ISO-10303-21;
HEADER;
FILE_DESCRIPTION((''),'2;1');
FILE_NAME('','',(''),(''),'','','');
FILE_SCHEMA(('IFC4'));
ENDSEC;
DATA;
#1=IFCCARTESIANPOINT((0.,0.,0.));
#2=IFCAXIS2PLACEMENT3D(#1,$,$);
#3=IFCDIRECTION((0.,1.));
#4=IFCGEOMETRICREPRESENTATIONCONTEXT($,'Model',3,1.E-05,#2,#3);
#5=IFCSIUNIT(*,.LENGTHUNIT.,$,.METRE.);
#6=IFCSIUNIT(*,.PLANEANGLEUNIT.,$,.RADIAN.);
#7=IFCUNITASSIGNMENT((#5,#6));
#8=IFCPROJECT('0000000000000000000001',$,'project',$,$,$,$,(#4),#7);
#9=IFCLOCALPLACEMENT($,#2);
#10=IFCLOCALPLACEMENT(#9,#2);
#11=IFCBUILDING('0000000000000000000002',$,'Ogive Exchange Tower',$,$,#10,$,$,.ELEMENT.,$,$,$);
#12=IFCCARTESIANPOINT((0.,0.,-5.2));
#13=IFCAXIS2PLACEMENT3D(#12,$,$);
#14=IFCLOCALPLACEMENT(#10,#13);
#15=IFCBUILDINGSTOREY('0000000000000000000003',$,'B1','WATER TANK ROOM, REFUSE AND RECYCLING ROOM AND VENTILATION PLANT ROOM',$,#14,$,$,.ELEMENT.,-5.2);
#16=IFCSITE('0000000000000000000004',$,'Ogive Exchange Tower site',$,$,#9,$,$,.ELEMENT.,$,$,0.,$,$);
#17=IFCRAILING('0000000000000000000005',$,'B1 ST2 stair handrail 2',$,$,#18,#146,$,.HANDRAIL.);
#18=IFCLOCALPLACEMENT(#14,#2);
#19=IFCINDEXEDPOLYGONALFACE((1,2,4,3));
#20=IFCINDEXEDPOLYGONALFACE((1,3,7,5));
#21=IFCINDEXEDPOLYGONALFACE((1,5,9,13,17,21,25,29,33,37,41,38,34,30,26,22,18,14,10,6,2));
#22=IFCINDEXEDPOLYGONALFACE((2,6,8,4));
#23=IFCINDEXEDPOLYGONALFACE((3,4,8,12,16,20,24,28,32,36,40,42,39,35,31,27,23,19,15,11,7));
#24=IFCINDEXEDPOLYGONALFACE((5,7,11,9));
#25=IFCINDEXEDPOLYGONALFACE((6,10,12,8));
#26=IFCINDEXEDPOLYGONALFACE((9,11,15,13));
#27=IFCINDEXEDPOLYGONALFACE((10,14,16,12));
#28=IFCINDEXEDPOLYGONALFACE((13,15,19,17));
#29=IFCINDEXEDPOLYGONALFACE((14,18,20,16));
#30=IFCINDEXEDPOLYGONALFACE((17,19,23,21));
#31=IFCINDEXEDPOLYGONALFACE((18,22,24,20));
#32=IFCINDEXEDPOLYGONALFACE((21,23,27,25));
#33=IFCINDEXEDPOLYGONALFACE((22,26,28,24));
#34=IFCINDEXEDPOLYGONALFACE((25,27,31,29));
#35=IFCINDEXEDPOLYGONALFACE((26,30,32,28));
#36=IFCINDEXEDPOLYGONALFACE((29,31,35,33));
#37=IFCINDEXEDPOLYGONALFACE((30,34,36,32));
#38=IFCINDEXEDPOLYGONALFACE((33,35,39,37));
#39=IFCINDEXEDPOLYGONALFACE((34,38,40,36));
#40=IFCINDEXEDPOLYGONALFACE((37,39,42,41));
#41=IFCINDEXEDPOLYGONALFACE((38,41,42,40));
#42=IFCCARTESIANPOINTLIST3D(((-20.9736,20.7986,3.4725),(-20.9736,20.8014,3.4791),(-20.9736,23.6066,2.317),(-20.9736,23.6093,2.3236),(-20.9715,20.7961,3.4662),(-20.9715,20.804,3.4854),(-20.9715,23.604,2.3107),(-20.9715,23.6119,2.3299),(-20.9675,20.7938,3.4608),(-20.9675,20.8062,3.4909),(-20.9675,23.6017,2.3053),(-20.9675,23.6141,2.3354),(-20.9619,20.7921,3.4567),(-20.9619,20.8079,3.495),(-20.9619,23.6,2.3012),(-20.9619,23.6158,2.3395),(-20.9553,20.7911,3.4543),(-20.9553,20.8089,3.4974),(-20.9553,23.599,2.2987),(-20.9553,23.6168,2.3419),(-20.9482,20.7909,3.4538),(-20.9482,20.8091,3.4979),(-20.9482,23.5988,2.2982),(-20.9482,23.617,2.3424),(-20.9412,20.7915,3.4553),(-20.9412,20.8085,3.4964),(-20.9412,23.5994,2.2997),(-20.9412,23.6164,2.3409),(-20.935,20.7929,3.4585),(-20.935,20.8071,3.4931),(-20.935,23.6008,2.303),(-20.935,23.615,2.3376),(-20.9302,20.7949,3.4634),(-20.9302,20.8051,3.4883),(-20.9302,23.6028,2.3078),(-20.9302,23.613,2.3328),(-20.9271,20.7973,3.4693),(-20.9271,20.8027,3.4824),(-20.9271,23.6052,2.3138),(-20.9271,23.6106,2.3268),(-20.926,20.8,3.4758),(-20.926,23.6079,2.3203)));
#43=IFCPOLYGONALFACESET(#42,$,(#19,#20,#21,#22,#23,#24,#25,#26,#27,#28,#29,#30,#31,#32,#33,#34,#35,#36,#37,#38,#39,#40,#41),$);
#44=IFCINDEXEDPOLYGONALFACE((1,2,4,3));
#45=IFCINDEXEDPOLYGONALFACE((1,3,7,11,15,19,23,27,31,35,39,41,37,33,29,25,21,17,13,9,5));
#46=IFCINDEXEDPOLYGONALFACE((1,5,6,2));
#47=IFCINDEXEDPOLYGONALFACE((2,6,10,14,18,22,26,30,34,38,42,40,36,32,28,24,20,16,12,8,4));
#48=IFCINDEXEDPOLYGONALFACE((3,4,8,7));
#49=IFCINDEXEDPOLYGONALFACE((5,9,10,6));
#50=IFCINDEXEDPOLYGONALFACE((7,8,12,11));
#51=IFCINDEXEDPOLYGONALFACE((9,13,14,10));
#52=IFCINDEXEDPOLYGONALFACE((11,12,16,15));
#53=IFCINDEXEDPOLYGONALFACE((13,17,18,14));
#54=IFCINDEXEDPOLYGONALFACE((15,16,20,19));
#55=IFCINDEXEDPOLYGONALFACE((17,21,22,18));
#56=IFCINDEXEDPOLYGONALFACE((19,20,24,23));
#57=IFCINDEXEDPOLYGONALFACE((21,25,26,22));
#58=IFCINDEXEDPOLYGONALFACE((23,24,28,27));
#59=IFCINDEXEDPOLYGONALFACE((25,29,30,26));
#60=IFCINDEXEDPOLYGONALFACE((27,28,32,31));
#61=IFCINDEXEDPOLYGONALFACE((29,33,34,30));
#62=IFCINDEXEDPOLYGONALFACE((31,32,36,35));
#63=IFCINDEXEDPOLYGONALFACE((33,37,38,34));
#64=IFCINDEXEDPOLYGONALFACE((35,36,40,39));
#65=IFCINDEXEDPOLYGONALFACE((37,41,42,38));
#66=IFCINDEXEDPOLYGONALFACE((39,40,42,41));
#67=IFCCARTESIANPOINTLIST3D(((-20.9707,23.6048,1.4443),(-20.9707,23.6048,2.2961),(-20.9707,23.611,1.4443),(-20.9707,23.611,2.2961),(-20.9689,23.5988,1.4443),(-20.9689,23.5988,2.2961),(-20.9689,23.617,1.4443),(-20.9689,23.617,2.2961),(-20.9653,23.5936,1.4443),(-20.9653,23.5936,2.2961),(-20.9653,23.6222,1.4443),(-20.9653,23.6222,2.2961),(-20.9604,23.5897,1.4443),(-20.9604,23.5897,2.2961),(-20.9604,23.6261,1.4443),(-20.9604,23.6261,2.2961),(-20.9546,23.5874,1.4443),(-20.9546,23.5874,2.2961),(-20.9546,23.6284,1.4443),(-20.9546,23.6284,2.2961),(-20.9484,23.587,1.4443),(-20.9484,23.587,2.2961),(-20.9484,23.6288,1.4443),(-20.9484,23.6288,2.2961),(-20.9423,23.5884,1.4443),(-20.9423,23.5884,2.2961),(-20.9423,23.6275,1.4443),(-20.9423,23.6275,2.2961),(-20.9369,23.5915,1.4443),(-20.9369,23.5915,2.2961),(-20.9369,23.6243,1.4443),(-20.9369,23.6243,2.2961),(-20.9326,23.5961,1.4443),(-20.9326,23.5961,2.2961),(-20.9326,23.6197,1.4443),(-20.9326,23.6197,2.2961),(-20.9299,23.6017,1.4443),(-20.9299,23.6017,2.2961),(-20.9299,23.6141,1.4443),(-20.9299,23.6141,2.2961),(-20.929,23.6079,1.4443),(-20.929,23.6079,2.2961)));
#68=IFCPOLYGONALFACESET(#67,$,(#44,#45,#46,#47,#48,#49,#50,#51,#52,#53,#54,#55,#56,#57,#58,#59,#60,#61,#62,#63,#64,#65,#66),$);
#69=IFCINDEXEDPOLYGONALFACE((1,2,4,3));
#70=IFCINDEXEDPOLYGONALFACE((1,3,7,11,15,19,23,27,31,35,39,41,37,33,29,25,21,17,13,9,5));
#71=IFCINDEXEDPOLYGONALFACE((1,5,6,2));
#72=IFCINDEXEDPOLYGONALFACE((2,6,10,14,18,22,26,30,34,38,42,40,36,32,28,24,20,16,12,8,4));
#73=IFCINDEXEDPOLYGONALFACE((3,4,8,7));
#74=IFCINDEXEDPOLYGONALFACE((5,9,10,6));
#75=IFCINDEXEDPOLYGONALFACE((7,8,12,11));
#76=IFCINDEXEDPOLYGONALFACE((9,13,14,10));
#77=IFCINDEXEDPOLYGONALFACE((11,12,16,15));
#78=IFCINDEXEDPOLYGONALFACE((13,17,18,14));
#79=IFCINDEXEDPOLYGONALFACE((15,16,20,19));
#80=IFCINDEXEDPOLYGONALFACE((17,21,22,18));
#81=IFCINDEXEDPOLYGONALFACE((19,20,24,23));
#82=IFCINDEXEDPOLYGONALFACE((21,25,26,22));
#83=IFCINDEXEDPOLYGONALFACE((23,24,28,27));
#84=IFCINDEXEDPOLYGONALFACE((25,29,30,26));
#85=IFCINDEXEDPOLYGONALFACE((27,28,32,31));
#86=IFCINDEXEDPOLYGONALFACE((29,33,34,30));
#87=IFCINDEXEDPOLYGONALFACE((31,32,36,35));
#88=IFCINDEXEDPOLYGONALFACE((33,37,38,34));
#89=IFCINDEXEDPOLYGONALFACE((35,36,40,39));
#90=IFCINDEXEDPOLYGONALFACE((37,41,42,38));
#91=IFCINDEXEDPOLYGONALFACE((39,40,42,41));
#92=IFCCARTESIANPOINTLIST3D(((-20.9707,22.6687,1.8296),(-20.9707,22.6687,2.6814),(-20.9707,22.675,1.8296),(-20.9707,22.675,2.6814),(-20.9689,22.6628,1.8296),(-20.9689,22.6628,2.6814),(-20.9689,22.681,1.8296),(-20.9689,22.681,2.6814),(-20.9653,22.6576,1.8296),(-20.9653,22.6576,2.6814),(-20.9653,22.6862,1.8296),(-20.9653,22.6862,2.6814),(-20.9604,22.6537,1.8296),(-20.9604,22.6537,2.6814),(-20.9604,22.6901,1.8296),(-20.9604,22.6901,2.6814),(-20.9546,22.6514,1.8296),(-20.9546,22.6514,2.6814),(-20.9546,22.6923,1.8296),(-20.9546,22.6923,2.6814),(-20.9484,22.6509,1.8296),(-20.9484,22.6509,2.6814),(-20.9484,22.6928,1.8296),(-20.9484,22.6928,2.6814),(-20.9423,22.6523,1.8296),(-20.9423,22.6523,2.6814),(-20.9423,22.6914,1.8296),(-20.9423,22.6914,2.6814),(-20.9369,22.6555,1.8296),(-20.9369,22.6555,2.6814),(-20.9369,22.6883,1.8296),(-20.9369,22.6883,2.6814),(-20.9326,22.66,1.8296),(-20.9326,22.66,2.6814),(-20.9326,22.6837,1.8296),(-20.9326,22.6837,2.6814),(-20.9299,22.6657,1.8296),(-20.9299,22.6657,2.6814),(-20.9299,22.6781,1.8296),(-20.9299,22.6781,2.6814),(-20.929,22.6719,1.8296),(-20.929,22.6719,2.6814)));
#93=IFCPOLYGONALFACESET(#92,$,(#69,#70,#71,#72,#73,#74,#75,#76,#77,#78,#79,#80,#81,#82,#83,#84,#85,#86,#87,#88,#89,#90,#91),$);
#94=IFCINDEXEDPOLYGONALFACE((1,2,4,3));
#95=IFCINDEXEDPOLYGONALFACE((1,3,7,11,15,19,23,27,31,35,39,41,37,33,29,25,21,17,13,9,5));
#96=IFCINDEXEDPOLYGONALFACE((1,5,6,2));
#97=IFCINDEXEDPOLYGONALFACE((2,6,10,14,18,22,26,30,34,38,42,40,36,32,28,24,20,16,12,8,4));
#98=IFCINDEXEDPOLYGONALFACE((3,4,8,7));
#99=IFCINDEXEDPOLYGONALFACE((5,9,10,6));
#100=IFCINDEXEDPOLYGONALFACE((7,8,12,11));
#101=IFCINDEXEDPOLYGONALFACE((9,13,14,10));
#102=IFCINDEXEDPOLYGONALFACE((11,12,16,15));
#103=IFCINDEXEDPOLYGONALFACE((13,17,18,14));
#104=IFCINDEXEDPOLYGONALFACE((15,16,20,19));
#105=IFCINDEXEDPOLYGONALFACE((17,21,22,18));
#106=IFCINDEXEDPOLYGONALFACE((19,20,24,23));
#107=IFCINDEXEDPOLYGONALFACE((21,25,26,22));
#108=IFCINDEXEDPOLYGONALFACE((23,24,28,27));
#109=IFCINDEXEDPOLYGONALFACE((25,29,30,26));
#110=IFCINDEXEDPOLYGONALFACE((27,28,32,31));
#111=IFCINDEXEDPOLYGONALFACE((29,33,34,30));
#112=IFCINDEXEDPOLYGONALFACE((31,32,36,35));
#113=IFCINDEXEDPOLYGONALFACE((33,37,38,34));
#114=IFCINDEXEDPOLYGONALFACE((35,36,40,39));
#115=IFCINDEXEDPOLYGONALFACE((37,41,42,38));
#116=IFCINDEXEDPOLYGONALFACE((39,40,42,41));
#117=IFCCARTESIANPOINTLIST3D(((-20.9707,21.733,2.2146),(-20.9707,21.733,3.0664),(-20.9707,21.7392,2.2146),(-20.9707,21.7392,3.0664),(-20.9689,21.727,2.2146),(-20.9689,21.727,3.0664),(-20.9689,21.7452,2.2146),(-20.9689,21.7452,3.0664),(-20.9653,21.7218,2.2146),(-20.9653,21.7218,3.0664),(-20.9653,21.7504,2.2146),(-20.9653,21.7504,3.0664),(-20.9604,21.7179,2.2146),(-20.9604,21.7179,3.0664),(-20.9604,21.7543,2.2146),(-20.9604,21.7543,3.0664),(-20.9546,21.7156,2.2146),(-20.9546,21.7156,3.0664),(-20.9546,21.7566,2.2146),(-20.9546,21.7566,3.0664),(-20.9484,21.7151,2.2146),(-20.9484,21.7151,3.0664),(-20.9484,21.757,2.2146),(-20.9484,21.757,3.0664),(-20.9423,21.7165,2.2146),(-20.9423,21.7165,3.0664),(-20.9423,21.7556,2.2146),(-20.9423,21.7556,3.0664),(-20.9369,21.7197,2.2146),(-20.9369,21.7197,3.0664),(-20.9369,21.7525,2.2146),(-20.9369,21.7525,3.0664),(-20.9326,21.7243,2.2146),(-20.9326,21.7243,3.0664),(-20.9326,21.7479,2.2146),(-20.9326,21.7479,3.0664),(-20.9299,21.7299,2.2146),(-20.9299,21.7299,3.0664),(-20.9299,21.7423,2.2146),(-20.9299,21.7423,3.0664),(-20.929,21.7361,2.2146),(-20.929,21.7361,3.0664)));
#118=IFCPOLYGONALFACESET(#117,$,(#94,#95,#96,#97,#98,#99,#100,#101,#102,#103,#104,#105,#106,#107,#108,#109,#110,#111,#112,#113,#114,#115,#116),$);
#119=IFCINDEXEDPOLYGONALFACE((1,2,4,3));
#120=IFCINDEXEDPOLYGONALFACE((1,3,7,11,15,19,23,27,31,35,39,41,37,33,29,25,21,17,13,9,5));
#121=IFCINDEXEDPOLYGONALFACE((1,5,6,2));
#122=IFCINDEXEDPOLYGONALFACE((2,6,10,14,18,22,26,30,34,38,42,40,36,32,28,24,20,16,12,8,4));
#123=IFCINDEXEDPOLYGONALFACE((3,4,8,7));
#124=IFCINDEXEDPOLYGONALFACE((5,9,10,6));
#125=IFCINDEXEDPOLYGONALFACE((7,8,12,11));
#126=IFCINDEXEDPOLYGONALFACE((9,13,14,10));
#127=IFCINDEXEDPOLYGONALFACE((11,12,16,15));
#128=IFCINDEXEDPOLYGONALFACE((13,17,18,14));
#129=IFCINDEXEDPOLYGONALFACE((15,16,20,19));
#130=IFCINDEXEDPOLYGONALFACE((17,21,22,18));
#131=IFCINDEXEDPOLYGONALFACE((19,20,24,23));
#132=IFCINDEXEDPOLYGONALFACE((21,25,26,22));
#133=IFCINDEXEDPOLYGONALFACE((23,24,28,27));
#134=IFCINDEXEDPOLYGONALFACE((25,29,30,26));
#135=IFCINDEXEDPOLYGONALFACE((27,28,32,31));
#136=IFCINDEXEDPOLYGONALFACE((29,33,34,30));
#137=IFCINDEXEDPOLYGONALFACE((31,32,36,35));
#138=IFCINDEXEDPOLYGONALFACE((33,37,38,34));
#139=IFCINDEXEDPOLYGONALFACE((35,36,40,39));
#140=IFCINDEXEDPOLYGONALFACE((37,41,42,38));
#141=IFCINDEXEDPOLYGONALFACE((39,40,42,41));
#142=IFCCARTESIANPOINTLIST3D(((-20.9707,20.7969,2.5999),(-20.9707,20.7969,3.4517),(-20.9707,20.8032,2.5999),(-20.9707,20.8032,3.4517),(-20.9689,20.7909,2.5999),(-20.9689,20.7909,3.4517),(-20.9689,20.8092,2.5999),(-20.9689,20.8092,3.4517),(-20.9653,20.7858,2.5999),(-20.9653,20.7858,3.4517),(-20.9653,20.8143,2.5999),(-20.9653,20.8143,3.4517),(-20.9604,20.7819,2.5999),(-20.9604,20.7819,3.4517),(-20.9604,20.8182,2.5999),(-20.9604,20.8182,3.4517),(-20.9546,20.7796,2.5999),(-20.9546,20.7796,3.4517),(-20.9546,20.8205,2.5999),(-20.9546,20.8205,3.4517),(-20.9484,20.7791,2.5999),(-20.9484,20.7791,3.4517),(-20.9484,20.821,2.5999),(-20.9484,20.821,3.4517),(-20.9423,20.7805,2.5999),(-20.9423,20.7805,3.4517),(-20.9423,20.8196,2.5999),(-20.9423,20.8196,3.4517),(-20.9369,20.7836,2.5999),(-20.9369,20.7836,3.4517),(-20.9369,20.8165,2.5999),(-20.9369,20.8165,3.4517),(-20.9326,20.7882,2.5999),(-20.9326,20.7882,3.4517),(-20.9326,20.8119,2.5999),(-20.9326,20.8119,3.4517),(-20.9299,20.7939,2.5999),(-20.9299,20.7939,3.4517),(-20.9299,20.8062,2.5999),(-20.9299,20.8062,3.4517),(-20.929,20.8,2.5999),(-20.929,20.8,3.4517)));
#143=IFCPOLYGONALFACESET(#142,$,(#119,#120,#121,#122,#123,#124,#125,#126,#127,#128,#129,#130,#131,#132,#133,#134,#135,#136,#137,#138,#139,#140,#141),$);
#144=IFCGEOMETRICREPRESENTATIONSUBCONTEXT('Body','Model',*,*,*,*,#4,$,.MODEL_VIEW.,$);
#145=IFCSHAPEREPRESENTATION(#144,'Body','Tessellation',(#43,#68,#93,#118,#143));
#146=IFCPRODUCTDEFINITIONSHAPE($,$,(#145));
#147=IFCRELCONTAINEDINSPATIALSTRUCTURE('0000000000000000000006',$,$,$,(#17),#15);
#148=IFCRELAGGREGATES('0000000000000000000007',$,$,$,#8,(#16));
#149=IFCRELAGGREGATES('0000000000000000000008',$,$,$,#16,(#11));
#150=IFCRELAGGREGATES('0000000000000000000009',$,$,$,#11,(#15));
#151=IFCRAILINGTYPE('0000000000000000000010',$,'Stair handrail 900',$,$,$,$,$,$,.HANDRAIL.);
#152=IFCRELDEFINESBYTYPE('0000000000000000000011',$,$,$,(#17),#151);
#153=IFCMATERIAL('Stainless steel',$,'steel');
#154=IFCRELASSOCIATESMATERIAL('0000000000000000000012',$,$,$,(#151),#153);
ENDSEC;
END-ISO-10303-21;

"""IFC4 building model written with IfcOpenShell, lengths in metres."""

from ifc_helpers import new_model, si_unit, direction, frame, origin, origin_2d, place, context, subcontext, project, spatial, circle, extrude, material, type_object, element, save


model = new_model("IFC4")

# Units and contexts
model_context = context("Model", 3, precision=1e-05, world=origin(), true_north=direction((0.0, 1.0)))
body_context = subcontext(model_context, "Body", "Model", "MODEL_VIEW")
ifc_project = project(units=[si_unit("LENGTHUNIT", "METRE"), si_unit("PLANEANGLEUNIT", "RADIAN")], contexts=[model_context])

# Site, building, storey
site_placement = place(None, origin())
site = spatial("IfcSite", under=ifc_project, at=site_placement, Name="Ogive Exchange Tower site", CompositionType="ELEMENT", RefElevation=0.0)
building_placement = place(site_placement, origin())
building = spatial("IfcBuilding", under=site, at=building_placement, Name="Ogive Exchange Tower", CompositionType="ELEMENT")
storey_placement = place(building_placement, frame((0.0, 0.0, -5.2)))
storey = spatial("IfcBuildingStorey", under=building, at=storey_placement, Name="B1", Description="WATER TANK ROOM, REFUSE AND RECYCLING ROOM AND VENTILATION PLANT ROOM", CompositionType="ELEMENT", Elevation=-5.2)

# Railing
ifc_material_1 = material(Name="Stainless steel", Category="steel")
railing_type = type_object("IfcRailingType", Name="Stair handrail 900", PredefinedType="HANDRAIL", material=ifc_material_1)
railing_1_placement = place(storey_placement, frame((-20.95, 23.6079, 1.4443)))
element("IfcRailing", 1, at=railing_1_placement, inside=storey, type_object=railing_type, Name="B1 ST2 stair handrail 2", PredefinedType="HANDRAIL", context=body_context, shape_type="SweptSolid", body=[
    extrude(circle(Radius=0.0239, at=origin_2d()), frame((0.0, 0.0, 0.876), z_axis=(0.0, -0.924755, 0.380564), x_axis=(1.0, 0.0, 0.0)), (0.0, 0.0, 1.0), 3.0364),
    extrude(circle(Radius=0.021, at=origin_2d()), origin(), (0.0, 0.0, 1.0), 0.8518),
    extrude(circle(Radius=0.021, at=origin_2d()), frame((0.0, -0.936, 0.3853)), (0.0, 0.0, 1.0), 0.8518),
    extrude(circle(Radius=0.021, at=origin_2d()), frame((0.0, -1.8718, 0.7703)), (0.0, 0.0, 1.0), 0.8518),
    extrude(circle(Radius=0.021, at=origin_2d()), frame((0.0, -2.8079, 1.1555)), (0.0, 0.0, 1.0), 0.8518),
])

save(model, "model.ifc")
